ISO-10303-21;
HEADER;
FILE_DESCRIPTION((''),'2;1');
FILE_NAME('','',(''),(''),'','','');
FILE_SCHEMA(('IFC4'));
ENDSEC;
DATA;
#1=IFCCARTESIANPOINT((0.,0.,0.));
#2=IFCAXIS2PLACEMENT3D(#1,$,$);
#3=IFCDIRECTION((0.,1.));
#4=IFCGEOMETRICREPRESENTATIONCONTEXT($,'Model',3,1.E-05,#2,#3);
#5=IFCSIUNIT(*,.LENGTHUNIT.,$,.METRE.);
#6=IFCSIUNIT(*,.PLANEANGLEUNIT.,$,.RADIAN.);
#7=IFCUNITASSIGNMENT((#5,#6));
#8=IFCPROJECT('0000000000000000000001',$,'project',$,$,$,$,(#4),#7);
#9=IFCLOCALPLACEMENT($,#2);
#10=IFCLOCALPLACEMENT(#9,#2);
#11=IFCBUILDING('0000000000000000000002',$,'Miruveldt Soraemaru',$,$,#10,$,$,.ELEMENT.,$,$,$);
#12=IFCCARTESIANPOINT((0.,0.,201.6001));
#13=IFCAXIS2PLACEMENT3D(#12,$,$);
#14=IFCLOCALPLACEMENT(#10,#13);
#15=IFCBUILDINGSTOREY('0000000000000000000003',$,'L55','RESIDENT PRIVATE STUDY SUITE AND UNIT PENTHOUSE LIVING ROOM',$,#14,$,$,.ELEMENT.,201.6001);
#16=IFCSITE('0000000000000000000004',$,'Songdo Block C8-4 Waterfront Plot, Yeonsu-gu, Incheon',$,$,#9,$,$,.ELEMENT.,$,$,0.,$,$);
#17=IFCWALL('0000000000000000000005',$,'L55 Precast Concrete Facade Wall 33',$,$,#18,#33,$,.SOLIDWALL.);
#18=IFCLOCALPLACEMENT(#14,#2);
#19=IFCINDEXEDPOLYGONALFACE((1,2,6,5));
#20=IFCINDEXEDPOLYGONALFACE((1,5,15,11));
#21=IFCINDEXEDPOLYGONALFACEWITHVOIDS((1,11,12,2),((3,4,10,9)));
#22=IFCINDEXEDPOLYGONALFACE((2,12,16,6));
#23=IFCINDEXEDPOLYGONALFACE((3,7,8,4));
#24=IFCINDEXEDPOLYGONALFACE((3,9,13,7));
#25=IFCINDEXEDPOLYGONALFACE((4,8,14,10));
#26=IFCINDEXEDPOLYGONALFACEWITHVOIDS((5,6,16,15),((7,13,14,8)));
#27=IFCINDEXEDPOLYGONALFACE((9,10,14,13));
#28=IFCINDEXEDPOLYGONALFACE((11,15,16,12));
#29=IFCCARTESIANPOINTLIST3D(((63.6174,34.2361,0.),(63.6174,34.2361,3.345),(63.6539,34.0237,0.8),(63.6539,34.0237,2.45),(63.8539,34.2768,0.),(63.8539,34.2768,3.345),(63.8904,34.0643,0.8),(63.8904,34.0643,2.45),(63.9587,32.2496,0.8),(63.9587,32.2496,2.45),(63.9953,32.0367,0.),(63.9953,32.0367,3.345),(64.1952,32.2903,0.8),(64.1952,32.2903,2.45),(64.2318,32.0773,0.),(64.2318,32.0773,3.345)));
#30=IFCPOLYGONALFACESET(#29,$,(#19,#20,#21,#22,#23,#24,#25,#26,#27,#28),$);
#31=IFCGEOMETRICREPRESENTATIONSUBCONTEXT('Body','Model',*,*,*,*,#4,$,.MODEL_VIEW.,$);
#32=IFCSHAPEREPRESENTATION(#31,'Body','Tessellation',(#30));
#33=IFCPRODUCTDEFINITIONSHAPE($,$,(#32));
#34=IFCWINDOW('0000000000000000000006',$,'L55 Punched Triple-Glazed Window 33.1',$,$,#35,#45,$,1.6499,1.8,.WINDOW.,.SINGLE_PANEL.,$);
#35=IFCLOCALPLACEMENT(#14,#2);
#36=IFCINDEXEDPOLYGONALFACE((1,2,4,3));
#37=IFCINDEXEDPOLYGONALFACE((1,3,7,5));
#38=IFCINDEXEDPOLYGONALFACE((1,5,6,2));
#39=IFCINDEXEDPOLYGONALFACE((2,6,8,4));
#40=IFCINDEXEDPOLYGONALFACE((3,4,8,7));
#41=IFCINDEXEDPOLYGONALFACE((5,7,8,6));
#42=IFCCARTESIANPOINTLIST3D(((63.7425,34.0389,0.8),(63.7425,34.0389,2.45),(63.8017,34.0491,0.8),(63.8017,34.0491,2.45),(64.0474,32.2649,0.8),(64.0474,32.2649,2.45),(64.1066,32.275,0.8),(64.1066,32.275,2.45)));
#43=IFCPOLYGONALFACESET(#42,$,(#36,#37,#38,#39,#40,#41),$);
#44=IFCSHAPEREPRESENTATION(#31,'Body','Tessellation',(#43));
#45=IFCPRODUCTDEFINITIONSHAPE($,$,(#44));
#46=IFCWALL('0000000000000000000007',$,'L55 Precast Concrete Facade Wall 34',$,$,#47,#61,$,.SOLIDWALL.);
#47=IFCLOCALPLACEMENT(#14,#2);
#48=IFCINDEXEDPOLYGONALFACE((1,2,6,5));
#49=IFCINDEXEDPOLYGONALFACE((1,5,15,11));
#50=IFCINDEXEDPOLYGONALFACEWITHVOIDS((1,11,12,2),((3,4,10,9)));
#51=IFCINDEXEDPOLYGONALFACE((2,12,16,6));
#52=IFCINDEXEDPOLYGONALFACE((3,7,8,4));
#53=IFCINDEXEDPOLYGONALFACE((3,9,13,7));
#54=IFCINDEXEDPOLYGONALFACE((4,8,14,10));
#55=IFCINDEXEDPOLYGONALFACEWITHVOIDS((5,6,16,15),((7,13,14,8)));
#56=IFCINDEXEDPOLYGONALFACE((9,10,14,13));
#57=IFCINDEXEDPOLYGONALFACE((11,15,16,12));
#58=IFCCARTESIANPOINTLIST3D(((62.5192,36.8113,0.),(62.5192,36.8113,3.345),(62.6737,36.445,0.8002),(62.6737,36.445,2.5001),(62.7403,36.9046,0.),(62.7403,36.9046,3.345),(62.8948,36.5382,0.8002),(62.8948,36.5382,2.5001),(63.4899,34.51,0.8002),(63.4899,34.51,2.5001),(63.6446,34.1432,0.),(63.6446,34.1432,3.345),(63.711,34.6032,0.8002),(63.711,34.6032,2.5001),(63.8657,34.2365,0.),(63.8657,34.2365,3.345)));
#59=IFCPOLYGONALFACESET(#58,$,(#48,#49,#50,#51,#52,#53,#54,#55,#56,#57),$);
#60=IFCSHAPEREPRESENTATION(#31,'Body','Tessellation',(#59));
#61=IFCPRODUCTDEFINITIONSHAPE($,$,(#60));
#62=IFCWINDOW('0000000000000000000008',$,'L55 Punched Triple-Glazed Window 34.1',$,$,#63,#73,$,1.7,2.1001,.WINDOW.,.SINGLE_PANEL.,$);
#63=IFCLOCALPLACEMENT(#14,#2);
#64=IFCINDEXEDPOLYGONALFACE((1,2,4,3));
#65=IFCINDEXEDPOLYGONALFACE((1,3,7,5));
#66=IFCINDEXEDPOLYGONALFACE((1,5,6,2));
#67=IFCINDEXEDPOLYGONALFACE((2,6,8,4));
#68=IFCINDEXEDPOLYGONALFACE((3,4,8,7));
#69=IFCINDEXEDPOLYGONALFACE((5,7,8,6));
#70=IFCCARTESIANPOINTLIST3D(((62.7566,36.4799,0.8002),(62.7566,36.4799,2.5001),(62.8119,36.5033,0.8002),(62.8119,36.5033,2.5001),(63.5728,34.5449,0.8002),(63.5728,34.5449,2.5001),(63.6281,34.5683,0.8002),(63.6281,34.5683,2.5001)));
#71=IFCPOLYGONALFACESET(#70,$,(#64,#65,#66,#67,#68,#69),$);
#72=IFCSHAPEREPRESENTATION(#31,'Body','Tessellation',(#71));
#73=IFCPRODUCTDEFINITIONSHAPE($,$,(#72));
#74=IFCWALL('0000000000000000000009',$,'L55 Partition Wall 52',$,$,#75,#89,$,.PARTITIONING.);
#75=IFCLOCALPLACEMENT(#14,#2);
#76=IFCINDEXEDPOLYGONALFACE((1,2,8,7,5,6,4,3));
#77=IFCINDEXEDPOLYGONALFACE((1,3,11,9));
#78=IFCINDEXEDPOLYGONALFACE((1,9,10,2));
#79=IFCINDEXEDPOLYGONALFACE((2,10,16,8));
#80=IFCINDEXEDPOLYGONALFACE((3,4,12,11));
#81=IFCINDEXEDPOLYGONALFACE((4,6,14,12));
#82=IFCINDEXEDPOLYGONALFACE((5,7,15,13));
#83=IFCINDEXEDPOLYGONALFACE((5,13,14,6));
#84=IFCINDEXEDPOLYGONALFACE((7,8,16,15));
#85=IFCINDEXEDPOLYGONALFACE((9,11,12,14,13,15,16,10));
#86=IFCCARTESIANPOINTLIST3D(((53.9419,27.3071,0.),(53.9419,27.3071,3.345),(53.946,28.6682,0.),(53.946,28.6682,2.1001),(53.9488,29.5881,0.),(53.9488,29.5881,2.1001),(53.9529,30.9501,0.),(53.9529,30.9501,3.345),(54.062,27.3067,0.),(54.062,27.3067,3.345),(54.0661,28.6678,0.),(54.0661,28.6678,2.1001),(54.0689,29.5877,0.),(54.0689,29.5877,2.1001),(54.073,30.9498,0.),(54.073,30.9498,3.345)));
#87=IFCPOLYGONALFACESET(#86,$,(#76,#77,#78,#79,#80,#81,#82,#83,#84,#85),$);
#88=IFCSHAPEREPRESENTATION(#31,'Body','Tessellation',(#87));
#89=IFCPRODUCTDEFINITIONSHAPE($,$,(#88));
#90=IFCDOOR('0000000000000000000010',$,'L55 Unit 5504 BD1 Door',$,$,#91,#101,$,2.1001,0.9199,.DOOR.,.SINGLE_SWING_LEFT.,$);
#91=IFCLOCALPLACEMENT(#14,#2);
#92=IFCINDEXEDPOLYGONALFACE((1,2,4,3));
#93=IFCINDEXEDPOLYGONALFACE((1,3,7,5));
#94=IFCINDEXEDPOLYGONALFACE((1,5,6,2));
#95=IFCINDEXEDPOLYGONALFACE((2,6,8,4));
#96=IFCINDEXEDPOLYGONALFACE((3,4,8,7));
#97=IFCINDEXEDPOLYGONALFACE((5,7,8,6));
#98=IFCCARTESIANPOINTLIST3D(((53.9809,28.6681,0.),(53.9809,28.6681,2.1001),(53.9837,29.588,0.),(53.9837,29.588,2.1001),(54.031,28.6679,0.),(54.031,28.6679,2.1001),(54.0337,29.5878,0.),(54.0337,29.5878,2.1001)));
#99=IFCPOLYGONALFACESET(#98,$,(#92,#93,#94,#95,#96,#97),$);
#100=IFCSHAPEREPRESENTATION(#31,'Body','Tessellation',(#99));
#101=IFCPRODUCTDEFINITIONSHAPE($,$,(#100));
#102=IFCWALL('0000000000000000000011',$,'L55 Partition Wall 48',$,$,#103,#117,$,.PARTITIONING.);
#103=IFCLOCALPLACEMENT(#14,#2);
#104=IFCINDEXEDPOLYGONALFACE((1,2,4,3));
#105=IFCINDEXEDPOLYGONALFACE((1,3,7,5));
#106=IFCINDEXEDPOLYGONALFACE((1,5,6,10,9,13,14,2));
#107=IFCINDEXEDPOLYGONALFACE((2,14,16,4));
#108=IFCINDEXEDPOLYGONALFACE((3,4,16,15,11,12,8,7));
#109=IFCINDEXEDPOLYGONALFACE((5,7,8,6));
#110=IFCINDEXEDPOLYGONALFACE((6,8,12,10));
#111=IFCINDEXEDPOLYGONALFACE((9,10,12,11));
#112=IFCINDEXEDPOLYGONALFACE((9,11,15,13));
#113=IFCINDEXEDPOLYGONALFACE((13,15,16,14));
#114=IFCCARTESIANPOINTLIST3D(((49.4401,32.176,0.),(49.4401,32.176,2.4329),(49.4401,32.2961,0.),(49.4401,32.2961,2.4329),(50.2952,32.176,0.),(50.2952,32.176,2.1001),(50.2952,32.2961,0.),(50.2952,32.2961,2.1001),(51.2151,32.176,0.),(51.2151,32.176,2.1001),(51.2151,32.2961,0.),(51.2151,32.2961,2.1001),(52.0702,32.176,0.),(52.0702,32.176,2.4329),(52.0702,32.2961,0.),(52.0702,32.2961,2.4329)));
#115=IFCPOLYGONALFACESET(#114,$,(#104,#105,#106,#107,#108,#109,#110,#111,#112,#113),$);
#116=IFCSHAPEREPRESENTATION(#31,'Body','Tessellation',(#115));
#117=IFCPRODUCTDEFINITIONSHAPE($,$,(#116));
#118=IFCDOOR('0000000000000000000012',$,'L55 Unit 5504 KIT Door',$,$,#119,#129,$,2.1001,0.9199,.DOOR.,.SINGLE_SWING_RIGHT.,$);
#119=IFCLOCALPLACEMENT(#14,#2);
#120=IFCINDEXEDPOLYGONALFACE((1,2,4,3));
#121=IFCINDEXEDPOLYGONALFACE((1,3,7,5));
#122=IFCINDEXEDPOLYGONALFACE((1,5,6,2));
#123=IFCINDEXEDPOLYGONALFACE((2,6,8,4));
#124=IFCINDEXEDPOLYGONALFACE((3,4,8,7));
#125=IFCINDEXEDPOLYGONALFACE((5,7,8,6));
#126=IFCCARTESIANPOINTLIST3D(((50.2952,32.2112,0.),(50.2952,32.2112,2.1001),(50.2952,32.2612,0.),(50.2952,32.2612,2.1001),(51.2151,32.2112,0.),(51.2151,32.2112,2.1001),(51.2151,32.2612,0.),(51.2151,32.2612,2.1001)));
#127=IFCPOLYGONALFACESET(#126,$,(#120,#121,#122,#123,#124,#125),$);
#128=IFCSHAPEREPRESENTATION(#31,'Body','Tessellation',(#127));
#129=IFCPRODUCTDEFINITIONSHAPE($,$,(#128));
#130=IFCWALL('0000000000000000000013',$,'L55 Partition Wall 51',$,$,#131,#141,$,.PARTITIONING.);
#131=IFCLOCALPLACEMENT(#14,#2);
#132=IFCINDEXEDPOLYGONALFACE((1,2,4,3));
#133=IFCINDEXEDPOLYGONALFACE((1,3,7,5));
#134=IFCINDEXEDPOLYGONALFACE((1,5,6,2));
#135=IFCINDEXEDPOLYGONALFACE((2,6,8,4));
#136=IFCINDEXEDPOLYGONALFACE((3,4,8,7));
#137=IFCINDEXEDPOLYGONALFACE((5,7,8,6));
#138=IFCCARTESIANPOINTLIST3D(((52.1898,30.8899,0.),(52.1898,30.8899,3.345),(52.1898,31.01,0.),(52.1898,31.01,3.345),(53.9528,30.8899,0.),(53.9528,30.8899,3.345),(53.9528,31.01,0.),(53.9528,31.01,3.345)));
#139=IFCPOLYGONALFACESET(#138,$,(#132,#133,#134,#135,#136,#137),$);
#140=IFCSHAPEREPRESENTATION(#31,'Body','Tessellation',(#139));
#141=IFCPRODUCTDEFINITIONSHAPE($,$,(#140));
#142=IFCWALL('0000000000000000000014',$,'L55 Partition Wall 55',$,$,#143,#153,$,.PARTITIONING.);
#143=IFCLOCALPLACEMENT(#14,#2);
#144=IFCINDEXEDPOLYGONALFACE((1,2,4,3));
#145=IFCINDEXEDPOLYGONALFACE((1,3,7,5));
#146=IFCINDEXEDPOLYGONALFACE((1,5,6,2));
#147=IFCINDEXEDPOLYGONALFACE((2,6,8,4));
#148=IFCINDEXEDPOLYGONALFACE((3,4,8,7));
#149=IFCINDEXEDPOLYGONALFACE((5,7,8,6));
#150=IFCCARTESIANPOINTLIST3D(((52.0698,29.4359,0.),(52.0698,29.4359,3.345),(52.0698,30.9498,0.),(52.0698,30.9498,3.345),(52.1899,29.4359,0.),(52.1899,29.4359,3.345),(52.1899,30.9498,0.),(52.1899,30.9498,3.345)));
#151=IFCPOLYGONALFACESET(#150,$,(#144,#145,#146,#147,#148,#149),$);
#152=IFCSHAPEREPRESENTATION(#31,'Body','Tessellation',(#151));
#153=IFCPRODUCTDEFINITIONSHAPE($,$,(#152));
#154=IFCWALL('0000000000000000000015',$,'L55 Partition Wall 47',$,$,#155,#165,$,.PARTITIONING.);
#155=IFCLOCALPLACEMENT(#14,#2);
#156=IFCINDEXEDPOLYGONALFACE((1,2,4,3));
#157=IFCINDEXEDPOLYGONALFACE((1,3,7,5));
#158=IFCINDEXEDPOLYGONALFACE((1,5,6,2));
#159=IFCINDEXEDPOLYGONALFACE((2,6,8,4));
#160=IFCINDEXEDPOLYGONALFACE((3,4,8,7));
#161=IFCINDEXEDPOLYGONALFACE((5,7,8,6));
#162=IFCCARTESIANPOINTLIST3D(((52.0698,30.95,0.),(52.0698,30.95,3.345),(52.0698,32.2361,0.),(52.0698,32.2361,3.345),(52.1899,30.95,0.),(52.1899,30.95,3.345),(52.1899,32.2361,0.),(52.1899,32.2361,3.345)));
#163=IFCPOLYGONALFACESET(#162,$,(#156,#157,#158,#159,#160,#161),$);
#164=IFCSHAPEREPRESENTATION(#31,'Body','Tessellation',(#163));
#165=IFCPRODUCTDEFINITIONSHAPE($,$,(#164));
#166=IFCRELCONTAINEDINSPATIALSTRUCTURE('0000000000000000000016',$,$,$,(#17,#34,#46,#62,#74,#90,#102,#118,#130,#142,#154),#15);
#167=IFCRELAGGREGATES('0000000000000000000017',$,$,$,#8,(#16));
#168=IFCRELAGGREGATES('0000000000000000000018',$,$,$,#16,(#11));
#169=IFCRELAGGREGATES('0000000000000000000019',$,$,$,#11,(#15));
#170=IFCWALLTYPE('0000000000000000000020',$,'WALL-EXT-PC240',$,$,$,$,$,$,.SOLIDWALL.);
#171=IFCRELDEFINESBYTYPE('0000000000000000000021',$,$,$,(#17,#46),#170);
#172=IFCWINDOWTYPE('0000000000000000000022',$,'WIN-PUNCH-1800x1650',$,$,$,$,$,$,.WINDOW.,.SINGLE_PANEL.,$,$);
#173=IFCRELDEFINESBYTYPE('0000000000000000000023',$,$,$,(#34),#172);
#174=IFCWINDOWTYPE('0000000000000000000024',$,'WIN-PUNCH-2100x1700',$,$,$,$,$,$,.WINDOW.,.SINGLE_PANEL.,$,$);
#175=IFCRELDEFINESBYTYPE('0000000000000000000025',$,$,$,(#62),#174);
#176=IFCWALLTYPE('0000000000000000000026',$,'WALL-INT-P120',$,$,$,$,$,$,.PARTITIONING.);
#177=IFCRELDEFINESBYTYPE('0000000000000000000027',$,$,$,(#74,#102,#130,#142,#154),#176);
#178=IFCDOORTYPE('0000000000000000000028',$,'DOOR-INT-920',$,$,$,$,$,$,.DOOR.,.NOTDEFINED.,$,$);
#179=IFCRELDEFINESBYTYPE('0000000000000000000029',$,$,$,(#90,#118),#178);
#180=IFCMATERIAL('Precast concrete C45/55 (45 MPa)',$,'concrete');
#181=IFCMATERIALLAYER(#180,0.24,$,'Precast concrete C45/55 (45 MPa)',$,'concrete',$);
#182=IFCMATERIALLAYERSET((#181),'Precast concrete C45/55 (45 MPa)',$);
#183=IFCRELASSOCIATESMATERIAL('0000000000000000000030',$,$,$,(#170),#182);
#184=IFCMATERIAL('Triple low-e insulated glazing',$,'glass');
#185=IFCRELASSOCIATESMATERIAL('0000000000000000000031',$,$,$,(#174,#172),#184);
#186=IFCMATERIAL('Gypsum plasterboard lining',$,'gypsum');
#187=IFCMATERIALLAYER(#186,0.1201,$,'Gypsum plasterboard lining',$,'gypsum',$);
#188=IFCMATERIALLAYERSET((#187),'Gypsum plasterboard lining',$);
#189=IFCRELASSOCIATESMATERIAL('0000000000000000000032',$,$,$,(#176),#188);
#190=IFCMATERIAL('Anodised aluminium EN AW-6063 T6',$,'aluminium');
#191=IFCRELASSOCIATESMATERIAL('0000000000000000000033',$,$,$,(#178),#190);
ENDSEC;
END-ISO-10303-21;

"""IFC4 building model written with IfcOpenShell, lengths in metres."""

from ifc_helpers import new_model, si_unit, direction, frame, frame_2d, origin, place, context, subcontext, project, spatial, rectangle, extrude, material, layer, layer_set, type_object, element, fill, save


model = new_model("IFC4")

# Units and contexts
model_context = context("Model", 3, precision=1e-05, world=origin(), true_north=direction((0.0, 1.0)))
body_context = subcontext(model_context, "Body", "Model", "MODEL_VIEW")
ifc_project = project(units=[si_unit("LENGTHUNIT", "METRE"), si_unit("PLANEANGLEUNIT", "RADIAN")], contexts=[model_context])

# Site, building, storey
site_placement = place(None, origin())
site = spatial("IfcSite", under=ifc_project, at=site_placement, Name="Songdo Block C8-4 Waterfront Plot, Yeonsu-gu, Incheon", CompositionType="ELEMENT", RefElevation=0.0)
building_placement = place(site_placement, origin())
building = spatial("IfcBuilding", under=site, at=building_placement, Name="Miruveldt Soraemaru", CompositionType="ELEMENT")
storey_placement = place(building_placement, frame((0.0, 0.0, 201.6001)))
storey = spatial("IfcBuildingStorey", under=building, at=storey_placement, Name="L55", Description="RESIDENT PRIVATE STUDY SUITE AND UNIT PENTHOUSE LIVING ROOM", CompositionType="ELEMENT", Elevation=201.6001)

# Walls, openings, windows
ifc_material_1 = material(Name="Precast concrete C45/55 (45 MPa)", Category="concrete")
ifc_layer_1 = layer(ifc_material_1, 0.24, Name="Precast concrete C45/55 (45 MPa)", Category="concrete")
ifc_layer_set_1 = layer_set([ifc_layer_1], Name="Precast concrete C45/55 (45 MPa)")
wall_type_1 = type_object("IfcWallType", Name="WALL-EXT-PC240", PredefinedType="SOLIDWALL", material=ifc_layer_set_1)
ifc_material_2 = material(Name="Triple low-e insulated glazing", Category="glass")
window_type_1 = type_object("IfcWindowType", Name="WIN-PUNCH-2100x1700", PartitioningType="SINGLE_PANEL", PredefinedType="WINDOW", material=ifc_material_2)
wall_1_placement = place(storey_placement, frame((64.1135, 32.0571, 0.0), z_axis=(0.0, 0.0, 1.0), x_axis=(-0.169346, 0.985557, 0.0)))
wall_1 = element("IfcWall", 1, at=wall_1_placement, inside=storey, type_object=wall_type_1, Name="L55 Precast Concrete Facade Wall 33", PredefinedType="SOLIDWALL", context=body_context, shape_type="SweptSolid", body=[
    extrude(rectangle(XDim=2.2317, YDim=0.24, at=frame_2d((1.1157, 0.0))), origin(), (0.0, 0.0, 1.0), 3.345),
])
opening_1_placement = place(wall_1_placement, frame((0.2161, 0.0, 0.8)))
opening_1 = element("IfcOpeningElement", 2, at=opening_1_placement, cuts=wall_1, PredefinedType="OPENING", context=body_context, shape_type="SweptSolid", body=[
    extrude(rectangle(XDim=1.8, YDim=1.6499, at=frame_2d((0.8999, 0.825))), frame((0.0, 0.1299, 0.0), z_axis=(0.0, -1.0, 0.0), x_axis=(1.0, 0.0, 0.0)), (0.0, 0.0, 1.0), 0.26),
])
window_type_2 = type_object("IfcWindowType", Name="WIN-PUNCH-1800x1650", PartitioningType="SINGLE_PANEL", PredefinedType="WINDOW", material=ifc_material_2)
window_1_placement = place(opening_1_placement, origin())
window_1 = element("IfcWindow", 3, at=window_1_placement, inside=storey, type_object=window_type_2, Name="L55 Punched Triple-Glazed Window 33.1", OverallHeight=1.6499, OverallWidth=1.8, PartitioningType="SINGLE_PANEL", PredefinedType="WINDOW", context=body_context, shape_type="SweptSolid", body=[
    extrude(rectangle(XDim=1.8, YDim=1.6499, at=frame_2d((0.8999, 0.825))), frame((0.0, 0.03, 0.0), z_axis=(0.0, -1.0, 0.0), x_axis=(1.0, 0.0, 0.0)), (0.0, 0.0, 1.0), 0.0601),
])
fill(opening_1, window_1)
wall_2_placement = place(storey_placement, frame((63.7551, 34.1899, 0.0), z_axis=(0.0, 0.0, 1.0), x_axis=(-0.388652, 0.921384, 0.0)))
wall_2 = element("IfcWall", 4, at=wall_2_placement, inside=storey, type_object=wall_type_1, Name="L55 Precast Concrete Facade Wall 34", PredefinedType="SOLIDWALL", context=body_context, shape_type="SweptSolid", body=[
    extrude(rectangle(XDim=2.8958, YDim=0.24, at=frame_2d((1.4478, 0.0))), origin(), (0.0, 0.0, 1.0), 3.345),
])
opening_2_placement = place(wall_2_placement, frame((0.3979, 0.0, 0.8)))
opening_2 = element("IfcOpeningElement", 5, at=opening_2_placement, cuts=wall_2, PredefinedType="OPENING", context=body_context, shape_type="SweptSolid", body=[
    extrude(rectangle(XDim=2.1001, YDim=1.7, at=frame_2d((1.05, 0.8501))), frame((0.0, 0.1299, 0.0), z_axis=(0.0, -1.0, 0.0), x_axis=(1.0, 0.0, 0.0)), (0.0, 0.0, 1.0), 0.26),
])
window_2_placement = place(opening_2_placement, origin())
window_2 = element("IfcWindow", 6, at=window_2_placement, inside=storey, type_object=window_type_1, Name="L55 Punched Triple-Glazed Window 34.1", OverallHeight=1.7, OverallWidth=2.1001, PartitioningType="SINGLE_PANEL", PredefinedType="WINDOW", context=body_context, shape_type="SweptSolid", body=[
    extrude(rectangle(XDim=2.1001, YDim=1.7, at=frame_2d((1.05, 0.8501))), frame((0.0, 0.03, 0.0), z_axis=(0.0, -1.0, 0.0), x_axis=(1.0, 0.0, 0.0)), (0.0, 0.0, 1.0), 0.0601),
])
fill(opening_2, window_2)

# Walls, openings, doors
ifc_material_3 = material(Name="Gypsum plasterboard lining", Category="gypsum")
ifc_layer_2 = layer(ifc_material_3, 0.1201, Name="Gypsum plasterboard lining", Category="gypsum")
ifc_layer_set_2 = layer_set([ifc_layer_2], Name="Gypsum plasterboard lining")
wall_type_2 = type_object("IfcWallType", Name="WALL-INT-P120", PredefinedType="PARTITIONING", material=ifc_layer_set_2)
wall_3_placement = place(storey_placement, frame((54.0129, 30.95, 0.0), z_axis=(0.0, 0.0, 1.0), x_axis=(-0.003016, -0.999995, 0.0)))
wall_3 = element("IfcWall", 7, at=wall_3_placement, inside=storey, type_object=wall_type_2, Name="L55 Partition Wall 52", PredefinedType="PARTITIONING", context=body_context, shape_type="SweptSolid", body=[
    extrude(rectangle(XDim=3.6431, YDim=0.1201, at=frame_2d((1.8215, 0.0))), origin(), (0.0, 0.0, 1.0), 3.345),
])
opening_3_placement = place(wall_3_placement, frame((1.3621, 0.0, 0.0)))
opening_3 = element("IfcOpeningElement", 8, at=opening_3_placement, cuts=wall_3, PredefinedType="OPENING", context=body_context, shape_type="SweptSolid", body=[
    extrude(rectangle(XDim=0.9199, YDim=2.1001, at=frame_2d((0.46, 1.05))), frame((0.0, 0.0701, 0.0), z_axis=(0.0, -1.0, 0.0), x_axis=(1.0, 0.0, 0.0)), (0.0, 0.0, 1.0), 0.1401),
])
ifc_material_4 = material(Name="Anodised aluminium EN AW-6063 T6", Category="aluminium")
door_type = type_object("IfcDoorType", Name="DOOR-INT-920", OperationType="NOTDEFINED", PredefinedType="DOOR", material=ifc_material_4)
door_1_placement = place(opening_3_placement, origin())
door_1 = element("IfcDoor", 9, at=door_1_placement, inside=storey, type_object=door_type, Name="L55 Unit 5504 BD1 Door", OperationType="SINGLE_SWING_LEFT", OverallHeight=2.1001, OverallWidth=0.9199, PredefinedType="DOOR", context=body_context, shape_type="SweptSolid", body=[
    extrude(rectangle(XDim=0.9199, YDim=2.1001, at=frame_2d((0.46, 1.05))), frame((0.0, 0.0249, 0.0), z_axis=(0.0, -1.0, 0.0), x_axis=(1.0, 0.0, 0.0)), (0.0, 0.0, 1.0), 0.05),
])
fill(opening_3, door_1)
wall_4_placement = place(storey_placement, frame((52.0701, 32.2361, 0.0), z_axis=(0.0, 0.0, 1.0), x_axis=(-1.0, 0.0, 0.0)))
wall_4 = element("IfcWall", 10, at=wall_4_placement, inside=storey, type_object=wall_type_2, Name="L55 Partition Wall 48", PredefinedType="PARTITIONING", context=body_context, shape_type="SweptSolid", body=[
    extrude(rectangle(XDim=2.6301, YDim=0.1201, at=frame_2d((1.3149, 0.0))), origin(), (0.0, 0.0, 1.0), 2.4329),
])
opening_4_placement = place(wall_4_placement, frame((0.855, 0.0, 0.0)))
opening_4 = element("IfcOpeningElement", 11, at=opening_4_placement, cuts=wall_4, PredefinedType="OPENING", context=body_context, shape_type="SweptSolid", body=[
    extrude(rectangle(XDim=0.9199, YDim=2.1001, at=frame_2d((0.46, 1.05))), frame((0.0, 0.0701, 0.0), z_axis=(0.0, -1.0, 0.0), x_axis=(1.0, 0.0, 0.0)), (0.0, 0.0, 1.0), 0.1401),
])
door_2_placement = place(opening_4_placement, origin())
door_2 = element("IfcDoor", 12, at=door_2_placement, inside=storey, type_object=door_type, Name="L55 Unit 5504 KIT Door", OperationType="SINGLE_SWING_RIGHT", OverallHeight=2.1001, OverallWidth=0.9199, PredefinedType="DOOR", context=body_context, shape_type="SweptSolid", body=[
    extrude(rectangle(XDim=0.9199, YDim=2.1001, at=frame_2d((0.46, 1.05))), frame((0.0, 0.0249, 0.0), z_axis=(0.0, -1.0, 0.0), x_axis=(1.0, 0.0, 0.0)), (0.0, 0.0, 1.0), 0.05),
])
fill(opening_4, door_2)

# Walls
wall_5_placement = place(storey_placement, frame((52.1899, 30.95, 0.0), z_axis=(0.0, 0.0, 1.0), x_axis=(1.0, 0.0, 0.0)))
element("IfcWall", 13, at=wall_5_placement, inside=storey, type_object=wall_type_2, Name="L55 Partition Wall 51", PredefinedType="PARTITIONING", context=body_context, shape_type="SweptSolid", body=[
    extrude(rectangle(XDim=1.7629, YDim=0.1201, at=frame_2d((0.8813, 0.0))), origin(), (0.0, 0.0, 1.0), 3.345),
])
wall_6_placement = place(storey_placement, frame((52.1299, 29.436, 0.0), z_axis=(0.0, 0.0, 1.0), x_axis=(0.0, 1.0, 0.0)))
element("IfcWall", 14, at=wall_6_placement, inside=storey, type_object=wall_type_2, Name="L55 Partition Wall 55", PredefinedType="PARTITIONING", context=body_context, shape_type="SweptSolid", body=[
    extrude(rectangle(XDim=1.5139, YDim=0.1201, at=frame_2d((0.7568, 0.0))), origin(), (0.0, 0.0, 1.0), 3.345),
])
wall_7_placement = place(storey_placement, frame((52.1299, 30.95, 0.0), z_axis=(0.0, 0.0, 1.0), x_axis=(0.0, 1.0, 0.0)))
element("IfcWall", 15, at=wall_7_placement, inside=storey, type_object=wall_type_2, Name="L55 Partition Wall 47", PredefinedType="PARTITIONING", context=body_context, shape_type="SweptSolid", body=[
    extrude(rectangle(XDim=1.2861, YDim=0.1201, at=frame_2d((0.6431, 0.0))), origin(), (0.0, 0.0, 1.0), 3.345),
])

save(model, "model.ifc")
